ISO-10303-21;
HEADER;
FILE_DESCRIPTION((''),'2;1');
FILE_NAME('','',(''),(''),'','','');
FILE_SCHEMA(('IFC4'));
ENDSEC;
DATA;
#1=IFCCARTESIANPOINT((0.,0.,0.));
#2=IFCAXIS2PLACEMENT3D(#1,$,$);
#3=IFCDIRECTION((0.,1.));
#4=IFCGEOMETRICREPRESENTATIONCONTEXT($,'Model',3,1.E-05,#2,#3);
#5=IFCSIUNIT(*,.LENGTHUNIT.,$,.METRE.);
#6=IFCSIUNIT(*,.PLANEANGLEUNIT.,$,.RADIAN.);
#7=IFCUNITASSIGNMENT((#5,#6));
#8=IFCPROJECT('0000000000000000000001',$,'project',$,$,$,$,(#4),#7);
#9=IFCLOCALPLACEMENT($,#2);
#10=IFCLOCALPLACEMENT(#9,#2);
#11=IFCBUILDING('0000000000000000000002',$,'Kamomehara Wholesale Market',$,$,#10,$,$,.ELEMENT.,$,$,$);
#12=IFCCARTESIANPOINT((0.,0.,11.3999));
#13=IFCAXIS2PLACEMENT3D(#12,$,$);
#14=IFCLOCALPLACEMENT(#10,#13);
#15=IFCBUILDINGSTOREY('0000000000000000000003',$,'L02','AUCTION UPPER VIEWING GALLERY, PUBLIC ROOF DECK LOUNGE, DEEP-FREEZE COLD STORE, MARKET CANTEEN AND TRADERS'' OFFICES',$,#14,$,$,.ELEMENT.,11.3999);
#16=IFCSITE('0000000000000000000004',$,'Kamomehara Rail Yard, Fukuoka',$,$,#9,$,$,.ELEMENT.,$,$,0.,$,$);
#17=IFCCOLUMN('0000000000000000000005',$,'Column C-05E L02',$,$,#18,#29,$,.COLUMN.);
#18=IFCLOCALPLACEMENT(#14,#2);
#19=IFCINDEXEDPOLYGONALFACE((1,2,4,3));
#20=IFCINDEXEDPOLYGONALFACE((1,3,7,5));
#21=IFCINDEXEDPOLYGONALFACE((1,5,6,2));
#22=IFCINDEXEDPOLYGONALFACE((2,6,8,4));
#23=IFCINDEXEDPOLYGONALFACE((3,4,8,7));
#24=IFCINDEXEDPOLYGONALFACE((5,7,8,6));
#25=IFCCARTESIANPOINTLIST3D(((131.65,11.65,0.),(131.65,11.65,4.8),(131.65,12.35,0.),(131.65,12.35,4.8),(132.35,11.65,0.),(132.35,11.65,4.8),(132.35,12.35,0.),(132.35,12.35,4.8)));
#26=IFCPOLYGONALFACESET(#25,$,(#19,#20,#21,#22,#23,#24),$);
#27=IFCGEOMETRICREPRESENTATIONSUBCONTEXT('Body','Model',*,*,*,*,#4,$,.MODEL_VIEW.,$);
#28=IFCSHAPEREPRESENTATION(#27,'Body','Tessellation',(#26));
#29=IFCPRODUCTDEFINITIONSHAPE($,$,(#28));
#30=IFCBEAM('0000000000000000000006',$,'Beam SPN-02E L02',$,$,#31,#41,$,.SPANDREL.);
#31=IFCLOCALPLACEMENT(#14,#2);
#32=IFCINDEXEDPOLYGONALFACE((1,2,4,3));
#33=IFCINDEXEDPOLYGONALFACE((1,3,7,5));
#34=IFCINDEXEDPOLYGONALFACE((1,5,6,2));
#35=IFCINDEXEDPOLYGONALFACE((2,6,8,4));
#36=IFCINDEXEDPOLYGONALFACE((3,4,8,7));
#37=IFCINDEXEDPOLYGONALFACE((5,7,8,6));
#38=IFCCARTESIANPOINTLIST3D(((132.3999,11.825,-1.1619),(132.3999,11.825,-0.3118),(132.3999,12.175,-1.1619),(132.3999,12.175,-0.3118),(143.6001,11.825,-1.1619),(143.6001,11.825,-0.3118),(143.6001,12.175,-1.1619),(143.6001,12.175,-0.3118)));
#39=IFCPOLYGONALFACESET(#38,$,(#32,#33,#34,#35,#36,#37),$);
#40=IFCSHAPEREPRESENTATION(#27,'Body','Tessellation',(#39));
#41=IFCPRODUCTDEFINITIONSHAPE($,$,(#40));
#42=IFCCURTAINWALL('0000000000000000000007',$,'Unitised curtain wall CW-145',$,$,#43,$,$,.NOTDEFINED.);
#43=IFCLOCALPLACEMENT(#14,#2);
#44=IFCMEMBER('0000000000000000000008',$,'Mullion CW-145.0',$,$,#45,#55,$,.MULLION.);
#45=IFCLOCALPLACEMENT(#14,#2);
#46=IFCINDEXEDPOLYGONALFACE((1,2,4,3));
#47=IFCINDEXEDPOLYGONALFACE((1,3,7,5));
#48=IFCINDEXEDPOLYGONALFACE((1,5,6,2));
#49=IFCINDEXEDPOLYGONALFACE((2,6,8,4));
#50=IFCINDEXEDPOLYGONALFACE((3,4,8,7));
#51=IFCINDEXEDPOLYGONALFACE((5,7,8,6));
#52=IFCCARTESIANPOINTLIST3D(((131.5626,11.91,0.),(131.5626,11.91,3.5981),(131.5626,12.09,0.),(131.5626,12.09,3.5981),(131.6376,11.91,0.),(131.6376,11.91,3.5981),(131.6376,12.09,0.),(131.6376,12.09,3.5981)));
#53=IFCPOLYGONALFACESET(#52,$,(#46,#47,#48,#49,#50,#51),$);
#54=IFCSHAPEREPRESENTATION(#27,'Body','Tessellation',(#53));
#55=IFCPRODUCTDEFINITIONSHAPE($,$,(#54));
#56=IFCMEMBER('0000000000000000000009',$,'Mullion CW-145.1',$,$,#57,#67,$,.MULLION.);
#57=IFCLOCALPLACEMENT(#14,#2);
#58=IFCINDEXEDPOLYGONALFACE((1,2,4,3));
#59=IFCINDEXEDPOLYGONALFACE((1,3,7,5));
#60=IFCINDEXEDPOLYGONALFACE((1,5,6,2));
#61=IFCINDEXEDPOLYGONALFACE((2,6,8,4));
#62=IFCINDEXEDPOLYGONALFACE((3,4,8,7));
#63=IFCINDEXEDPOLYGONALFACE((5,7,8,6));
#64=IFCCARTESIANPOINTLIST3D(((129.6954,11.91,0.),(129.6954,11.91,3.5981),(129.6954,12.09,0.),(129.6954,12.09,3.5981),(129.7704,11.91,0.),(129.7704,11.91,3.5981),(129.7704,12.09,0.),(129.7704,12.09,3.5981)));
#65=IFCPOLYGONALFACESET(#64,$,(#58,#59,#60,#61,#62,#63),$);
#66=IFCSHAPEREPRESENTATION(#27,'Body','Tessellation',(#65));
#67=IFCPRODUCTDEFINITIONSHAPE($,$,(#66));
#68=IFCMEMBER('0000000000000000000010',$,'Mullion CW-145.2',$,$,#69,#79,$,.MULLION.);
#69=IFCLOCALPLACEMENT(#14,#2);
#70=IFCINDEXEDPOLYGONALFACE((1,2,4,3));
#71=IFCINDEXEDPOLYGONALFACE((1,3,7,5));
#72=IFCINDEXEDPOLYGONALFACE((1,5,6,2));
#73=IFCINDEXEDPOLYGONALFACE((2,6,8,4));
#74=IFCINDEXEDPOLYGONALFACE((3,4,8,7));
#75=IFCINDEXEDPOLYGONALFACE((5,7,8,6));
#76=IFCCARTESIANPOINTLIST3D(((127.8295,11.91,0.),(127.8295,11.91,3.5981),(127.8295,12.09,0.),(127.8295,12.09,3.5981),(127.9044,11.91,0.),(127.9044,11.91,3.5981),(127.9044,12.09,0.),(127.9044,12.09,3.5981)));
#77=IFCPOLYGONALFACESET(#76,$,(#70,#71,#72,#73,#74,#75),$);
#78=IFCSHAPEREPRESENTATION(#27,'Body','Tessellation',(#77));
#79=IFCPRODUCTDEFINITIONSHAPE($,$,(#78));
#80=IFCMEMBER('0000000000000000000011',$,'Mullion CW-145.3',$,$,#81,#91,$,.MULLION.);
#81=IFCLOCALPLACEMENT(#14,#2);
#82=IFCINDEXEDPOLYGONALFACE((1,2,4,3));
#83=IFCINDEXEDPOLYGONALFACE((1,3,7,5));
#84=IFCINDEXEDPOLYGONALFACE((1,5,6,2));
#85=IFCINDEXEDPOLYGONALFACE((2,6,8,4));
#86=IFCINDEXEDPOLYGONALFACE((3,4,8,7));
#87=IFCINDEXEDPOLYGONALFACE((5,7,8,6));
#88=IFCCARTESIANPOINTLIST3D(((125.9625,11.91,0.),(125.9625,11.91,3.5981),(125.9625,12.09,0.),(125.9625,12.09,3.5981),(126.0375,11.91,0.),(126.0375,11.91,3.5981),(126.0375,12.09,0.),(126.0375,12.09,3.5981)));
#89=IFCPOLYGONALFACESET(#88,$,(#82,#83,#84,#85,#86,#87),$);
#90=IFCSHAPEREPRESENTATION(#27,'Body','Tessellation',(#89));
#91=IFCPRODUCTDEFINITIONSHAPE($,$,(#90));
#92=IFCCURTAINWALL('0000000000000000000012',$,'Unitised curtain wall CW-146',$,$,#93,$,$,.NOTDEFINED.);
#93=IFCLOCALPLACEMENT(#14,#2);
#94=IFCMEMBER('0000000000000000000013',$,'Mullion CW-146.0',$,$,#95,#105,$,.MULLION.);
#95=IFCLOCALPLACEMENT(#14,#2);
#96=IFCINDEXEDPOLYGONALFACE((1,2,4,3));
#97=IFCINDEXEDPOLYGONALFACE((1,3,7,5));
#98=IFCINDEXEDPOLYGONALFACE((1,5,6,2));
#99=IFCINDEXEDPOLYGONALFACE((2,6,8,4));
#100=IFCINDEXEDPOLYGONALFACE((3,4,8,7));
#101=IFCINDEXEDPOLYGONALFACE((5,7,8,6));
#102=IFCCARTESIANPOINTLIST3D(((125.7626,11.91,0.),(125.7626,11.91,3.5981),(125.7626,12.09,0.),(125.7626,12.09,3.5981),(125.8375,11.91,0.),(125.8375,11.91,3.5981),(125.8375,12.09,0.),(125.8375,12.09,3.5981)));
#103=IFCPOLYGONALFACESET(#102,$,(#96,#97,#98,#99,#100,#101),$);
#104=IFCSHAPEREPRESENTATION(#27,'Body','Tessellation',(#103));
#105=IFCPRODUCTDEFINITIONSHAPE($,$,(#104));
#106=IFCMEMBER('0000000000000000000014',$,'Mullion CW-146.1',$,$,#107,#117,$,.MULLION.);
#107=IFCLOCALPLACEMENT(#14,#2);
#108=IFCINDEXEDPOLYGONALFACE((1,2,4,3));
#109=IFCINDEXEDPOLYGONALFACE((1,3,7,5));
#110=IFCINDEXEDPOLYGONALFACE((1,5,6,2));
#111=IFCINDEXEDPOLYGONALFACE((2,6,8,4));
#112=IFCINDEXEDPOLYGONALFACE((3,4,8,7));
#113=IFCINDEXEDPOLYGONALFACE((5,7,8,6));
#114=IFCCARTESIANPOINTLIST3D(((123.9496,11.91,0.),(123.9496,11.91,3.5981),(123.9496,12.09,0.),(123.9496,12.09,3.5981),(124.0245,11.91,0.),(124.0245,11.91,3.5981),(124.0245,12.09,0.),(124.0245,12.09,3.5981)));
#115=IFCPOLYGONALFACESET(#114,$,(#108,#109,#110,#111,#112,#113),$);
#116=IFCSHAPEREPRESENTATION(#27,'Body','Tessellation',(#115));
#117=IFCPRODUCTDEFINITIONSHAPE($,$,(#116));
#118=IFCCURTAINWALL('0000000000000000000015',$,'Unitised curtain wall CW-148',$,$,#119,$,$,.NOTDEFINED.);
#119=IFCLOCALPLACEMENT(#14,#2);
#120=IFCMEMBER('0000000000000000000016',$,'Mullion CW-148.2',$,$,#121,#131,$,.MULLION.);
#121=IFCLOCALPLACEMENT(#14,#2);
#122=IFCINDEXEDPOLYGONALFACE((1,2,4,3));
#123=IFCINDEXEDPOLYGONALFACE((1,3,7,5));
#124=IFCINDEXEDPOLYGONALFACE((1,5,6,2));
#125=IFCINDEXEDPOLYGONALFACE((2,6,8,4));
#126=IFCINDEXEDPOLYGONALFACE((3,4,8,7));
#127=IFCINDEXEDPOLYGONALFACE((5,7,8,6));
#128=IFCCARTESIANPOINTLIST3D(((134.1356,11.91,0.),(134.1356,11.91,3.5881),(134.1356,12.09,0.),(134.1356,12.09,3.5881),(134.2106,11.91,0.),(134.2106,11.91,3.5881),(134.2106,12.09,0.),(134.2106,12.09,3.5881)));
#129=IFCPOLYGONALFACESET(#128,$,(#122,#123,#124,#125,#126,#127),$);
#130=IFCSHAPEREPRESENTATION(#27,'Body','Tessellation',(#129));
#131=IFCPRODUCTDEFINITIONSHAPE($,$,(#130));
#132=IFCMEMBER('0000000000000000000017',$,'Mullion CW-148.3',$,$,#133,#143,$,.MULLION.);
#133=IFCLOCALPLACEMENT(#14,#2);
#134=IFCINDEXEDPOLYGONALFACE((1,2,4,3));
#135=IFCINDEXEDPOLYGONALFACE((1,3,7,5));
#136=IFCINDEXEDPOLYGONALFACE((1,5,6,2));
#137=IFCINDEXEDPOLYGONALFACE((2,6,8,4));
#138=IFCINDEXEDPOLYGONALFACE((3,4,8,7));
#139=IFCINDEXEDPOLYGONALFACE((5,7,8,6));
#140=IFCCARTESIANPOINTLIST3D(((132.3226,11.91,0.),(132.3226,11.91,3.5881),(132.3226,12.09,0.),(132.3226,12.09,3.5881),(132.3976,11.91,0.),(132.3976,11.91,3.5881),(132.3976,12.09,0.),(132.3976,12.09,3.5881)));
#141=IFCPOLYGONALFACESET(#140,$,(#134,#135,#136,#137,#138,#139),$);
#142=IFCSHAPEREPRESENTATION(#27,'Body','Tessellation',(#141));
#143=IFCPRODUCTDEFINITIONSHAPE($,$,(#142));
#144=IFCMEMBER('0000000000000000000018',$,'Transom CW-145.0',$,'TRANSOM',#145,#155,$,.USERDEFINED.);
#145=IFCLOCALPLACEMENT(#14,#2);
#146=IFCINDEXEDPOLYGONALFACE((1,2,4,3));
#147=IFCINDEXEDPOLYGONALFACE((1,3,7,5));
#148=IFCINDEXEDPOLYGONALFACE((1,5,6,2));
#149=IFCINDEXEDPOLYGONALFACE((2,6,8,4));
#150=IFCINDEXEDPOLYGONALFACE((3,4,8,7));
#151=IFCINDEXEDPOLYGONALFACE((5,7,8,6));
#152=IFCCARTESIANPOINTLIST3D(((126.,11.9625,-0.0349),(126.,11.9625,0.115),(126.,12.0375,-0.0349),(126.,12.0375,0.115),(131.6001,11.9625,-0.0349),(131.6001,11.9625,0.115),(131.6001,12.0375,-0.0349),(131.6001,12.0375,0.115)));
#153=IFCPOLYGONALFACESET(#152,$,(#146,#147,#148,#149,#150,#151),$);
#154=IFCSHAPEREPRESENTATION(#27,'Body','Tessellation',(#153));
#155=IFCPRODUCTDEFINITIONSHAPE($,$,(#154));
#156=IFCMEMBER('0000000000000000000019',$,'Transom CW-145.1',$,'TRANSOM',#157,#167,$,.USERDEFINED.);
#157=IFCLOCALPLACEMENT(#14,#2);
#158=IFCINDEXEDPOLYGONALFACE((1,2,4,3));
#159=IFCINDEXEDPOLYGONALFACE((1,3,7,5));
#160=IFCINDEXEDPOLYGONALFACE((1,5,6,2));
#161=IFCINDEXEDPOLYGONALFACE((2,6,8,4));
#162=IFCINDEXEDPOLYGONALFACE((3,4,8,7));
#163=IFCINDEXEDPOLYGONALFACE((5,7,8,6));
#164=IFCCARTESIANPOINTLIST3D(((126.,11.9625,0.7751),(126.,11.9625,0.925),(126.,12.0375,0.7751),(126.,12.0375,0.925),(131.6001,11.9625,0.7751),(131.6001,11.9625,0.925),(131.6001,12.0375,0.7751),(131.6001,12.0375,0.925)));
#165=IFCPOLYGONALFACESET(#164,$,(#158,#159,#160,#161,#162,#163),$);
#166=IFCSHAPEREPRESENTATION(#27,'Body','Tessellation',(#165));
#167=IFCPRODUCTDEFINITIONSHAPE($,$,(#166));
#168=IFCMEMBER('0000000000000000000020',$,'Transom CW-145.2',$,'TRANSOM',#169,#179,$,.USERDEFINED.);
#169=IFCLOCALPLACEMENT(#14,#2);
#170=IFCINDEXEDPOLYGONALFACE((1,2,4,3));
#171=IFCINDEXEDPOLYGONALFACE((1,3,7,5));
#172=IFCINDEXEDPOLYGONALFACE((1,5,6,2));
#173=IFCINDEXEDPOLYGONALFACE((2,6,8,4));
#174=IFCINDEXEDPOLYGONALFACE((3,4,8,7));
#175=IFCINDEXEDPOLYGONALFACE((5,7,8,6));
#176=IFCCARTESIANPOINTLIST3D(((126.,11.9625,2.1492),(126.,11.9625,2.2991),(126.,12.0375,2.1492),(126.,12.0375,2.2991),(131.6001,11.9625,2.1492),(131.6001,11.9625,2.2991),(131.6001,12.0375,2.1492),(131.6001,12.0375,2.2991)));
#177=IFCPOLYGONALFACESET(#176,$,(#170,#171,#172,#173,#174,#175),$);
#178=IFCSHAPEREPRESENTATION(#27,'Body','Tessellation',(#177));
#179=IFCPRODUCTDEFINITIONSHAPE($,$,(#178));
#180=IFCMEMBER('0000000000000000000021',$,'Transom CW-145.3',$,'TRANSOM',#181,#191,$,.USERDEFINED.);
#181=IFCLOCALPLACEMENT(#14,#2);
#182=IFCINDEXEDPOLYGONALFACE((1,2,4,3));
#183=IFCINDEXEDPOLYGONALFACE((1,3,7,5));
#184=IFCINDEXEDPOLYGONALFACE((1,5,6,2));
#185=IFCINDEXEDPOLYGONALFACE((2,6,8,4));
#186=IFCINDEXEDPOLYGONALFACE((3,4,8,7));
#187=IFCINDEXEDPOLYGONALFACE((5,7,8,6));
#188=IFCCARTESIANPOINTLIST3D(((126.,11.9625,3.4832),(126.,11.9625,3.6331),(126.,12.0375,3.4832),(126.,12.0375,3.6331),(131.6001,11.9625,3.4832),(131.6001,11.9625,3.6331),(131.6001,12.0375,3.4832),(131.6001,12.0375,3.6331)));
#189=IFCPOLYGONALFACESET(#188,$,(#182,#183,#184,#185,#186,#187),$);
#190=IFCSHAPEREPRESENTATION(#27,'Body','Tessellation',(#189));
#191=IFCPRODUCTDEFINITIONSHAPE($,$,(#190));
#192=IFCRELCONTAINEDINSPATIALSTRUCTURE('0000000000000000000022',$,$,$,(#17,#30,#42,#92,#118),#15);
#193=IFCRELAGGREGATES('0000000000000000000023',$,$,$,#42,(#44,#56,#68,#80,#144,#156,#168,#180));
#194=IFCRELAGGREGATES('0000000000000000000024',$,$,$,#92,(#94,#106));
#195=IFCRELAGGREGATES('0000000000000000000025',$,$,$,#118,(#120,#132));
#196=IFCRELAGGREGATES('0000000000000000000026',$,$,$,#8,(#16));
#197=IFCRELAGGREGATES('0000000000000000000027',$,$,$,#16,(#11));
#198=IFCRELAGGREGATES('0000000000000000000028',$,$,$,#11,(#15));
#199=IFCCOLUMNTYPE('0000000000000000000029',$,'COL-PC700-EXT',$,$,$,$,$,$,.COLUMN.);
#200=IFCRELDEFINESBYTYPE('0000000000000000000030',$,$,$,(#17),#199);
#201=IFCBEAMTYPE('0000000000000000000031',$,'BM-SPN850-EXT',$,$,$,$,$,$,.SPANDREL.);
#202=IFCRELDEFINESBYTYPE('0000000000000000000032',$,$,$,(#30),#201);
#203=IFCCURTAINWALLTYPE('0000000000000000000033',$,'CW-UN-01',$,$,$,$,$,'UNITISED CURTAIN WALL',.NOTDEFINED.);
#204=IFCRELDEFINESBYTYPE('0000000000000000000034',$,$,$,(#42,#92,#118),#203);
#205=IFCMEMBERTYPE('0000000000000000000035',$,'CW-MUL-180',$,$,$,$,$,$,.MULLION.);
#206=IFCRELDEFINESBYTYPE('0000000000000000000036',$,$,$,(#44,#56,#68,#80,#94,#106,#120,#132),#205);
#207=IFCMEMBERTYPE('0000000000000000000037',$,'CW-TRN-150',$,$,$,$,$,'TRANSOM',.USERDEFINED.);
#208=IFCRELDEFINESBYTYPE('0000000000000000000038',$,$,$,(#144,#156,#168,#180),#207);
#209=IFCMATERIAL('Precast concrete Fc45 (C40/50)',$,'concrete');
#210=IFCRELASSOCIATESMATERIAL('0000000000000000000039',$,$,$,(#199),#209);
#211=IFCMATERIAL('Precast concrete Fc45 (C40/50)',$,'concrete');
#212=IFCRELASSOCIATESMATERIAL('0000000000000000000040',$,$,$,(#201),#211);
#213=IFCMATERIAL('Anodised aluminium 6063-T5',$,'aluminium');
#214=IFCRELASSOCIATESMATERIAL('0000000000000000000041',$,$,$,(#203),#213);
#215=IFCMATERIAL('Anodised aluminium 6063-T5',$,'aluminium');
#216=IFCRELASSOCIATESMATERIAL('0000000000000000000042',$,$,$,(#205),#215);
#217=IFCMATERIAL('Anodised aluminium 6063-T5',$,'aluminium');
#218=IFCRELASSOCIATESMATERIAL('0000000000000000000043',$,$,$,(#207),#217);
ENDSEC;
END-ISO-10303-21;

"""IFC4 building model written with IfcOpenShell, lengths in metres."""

from ifc_helpers import new_model, si_unit, direction, frame, origin, origin_2d, place, context, subcontext, project, spatial, rectangle, extrude, material, material_profile, profile_set, type_object, element, aggregate, save


model = new_model("IFC4")

# Units and contexts
model_context = context("Model", 3, precision=1e-05, world=origin(), true_north=direction((0.0, 1.0)))
body_context = subcontext(model_context, "Body", "Model", "MODEL_VIEW")
ifc_project = project(units=[si_unit("LENGTHUNIT", "METRE"), si_unit("PLANEANGLEUNIT", "RADIAN")], contexts=[model_context])

# Site, building, storey
site_placement = place(None, origin())
site = spatial("IfcSite", under=ifc_project, at=site_placement, Name="Kamomehara Rail Yard, Fukuoka", CompositionType="ELEMENT", RefElevation=0.0)
building_placement = place(site_placement, origin())
building = spatial("IfcBuilding", under=site, at=building_placement, Name="Kamomehara Wholesale Market", CompositionType="ELEMENT")
storey_placement = place(building_placement, frame((0.0, 0.0, 11.3999)))
storey = spatial("IfcBuildingStorey", under=building, at=storey_placement, Name="L02", Description="AUCTION UPPER VIEWING GALLERY, PUBLIC ROOF DECK LOUNGE, DEEP-FREEZE COLD STORE, MARKET CANTEEN AND TRADERS' OFFICES", CompositionType="ELEMENT", Elevation=11.3999)

# Column
ifc_material_1 = material(Name="Precast concrete Fc45 (C40/50)", Category="concrete")
ifc_material_profile_1 = material_profile(ifc_material_1, rectangle(XDim=0.7, YDim=0.7, at=origin_2d()), Name="PC-COL-700x700")
ifc_profile_set_1 = profile_set([ifc_material_profile_1], Name="Precast concrete Fc45 (C40/50)")
column_type = type_object("IfcColumnType", Name="COL-PC700-EXT", PredefinedType="COLUMN", material=ifc_profile_set_1)
column_placement = place(storey_placement, frame((132.0, 12.0, 0.0), z_axis=(0.0, 0.0, 1.0), x_axis=(1.0, 0.0, 0.0)))
element("IfcColumn", 1, at=column_placement, inside=storey, type_object=column_type, Name="Column C-05E L02", PredefinedType="COLUMN", context=body_context, shape_type="SweptSolid", body=[
    extrude(rectangle(XDim=0.7, YDim=0.7, at=origin_2d()), origin(), (0.0, 0.0, 1.0), 4.8),
])

# Beam
ifc_material_2 = material(Name="Precast concrete Fc45 (C40/50)", Category="concrete")
ifc_material_profile_2 = material_profile(ifc_material_2, rectangle(XDim=0.3501, YDim=0.8501, at=origin_2d()), Name="PC-SPN-350x850")
ifc_profile_set_2 = profile_set([ifc_material_profile_2], Name="Precast concrete Fc45 (C40/50)")
beam_type = type_object("IfcBeamType", Name="BM-SPN850-EXT", PredefinedType="SPANDREL", material=ifc_profile_set_2)
beam_placement = place(storey_placement, frame((132.3999, 12.0, -0.7368), z_axis=(1.0, 0.0, 0.0), x_axis=(0.0, 1.0, 0.0)))
element("IfcBeam", 2, at=beam_placement, inside=storey, type_object=beam_type, Name="Beam SPN-02E L02", PredefinedType="SPANDREL", context=body_context, shape_type="SweptSolid", body=[
    extrude(rectangle(XDim=0.3501, YDim=0.8501, at=origin_2d()), origin(), (0.0, 0.0, 1.0), 11.2002),
])

# Curtain walls, members
ifc_material_3 = material(Name="Anodised aluminium 6063-T5", Category="aluminium")
curtain_wall_type = type_object("IfcCurtainWallType", Name="CW-UN-01", ElementType="UNITISED CURTAIN WALL", PredefinedType="NOTDEFINED", material=ifc_material_3)
curtain_wall_1_placement = place(storey_placement, origin())
curtain_wall_1 = element("IfcCurtainWall", 3, at=curtain_wall_1_placement, inside=storey, type_object=curtain_wall_type, Name="Unitised curtain wall CW-145", PredefinedType="NOTDEFINED")
ifc_material_4 = material(Name="Anodised aluminium 6063-T5", Category="aluminium")
ifc_material_profile_3 = material_profile(ifc_material_4, rectangle(XDim=0.075, YDim=0.1799, at=origin_2d()), Name="ALU-MUL-75x180")
ifc_profile_set_3 = profile_set([ifc_material_profile_3], Name="Anodised aluminium 6063-T5")
member_type_1 = type_object("IfcMemberType", Name="CW-MUL-180", PredefinedType="MULLION", material=ifc_profile_set_3)
member_1_placement = place(storey_placement, frame((131.6001, 12.0, 0.0), z_axis=(0.0, 0.0, 1.0), x_axis=(-1.0, 0.0, 0.0)))
member_1 = element("IfcMember", 4, at=member_1_placement, type_object=member_type_1, Name="Mullion CW-145.0", PredefinedType="MULLION", context=body_context, shape_type="SweptSolid", body=[
    extrude(rectangle(XDim=0.075, YDim=0.1799, at=origin_2d()), origin(), (0.0, 0.0, 1.0), 3.5981),
])
member_2_placement = place(storey_placement, frame((129.7329, 12.0, 0.0), z_axis=(0.0, 0.0, 1.0), x_axis=(-1.0, 0.0, 0.0)))
member_2 = element("IfcMember", 5, at=member_2_placement, type_object=member_type_1, Name="Mullion CW-145.1", PredefinedType="MULLION", context=body_context, shape_type="SweptSolid", body=[
    extrude(rectangle(XDim=0.075, YDim=0.1799, at=origin_2d()), origin(), (0.0, 0.0, 1.0), 3.5981),
])
member_3_placement = place(storey_placement, frame((127.8669, 12.0, 0.0), z_axis=(0.0, 0.0, 1.0), x_axis=(-1.0, 0.0, 0.0)))
member_3 = element("IfcMember", 6, at=member_3_placement, type_object=member_type_1, Name="Mullion CW-145.2", PredefinedType="MULLION", context=body_context, shape_type="SweptSolid", body=[
    extrude(rectangle(XDim=0.075, YDim=0.1799, at=origin_2d()), origin(), (0.0, 0.0, 1.0), 3.5981),
])
member_4_placement = place(storey_placement, frame((126.0, 12.0, 0.0), z_axis=(0.0, 0.0, 1.0), x_axis=(-1.0, 0.0, 0.0)))
member_4 = element("IfcMember", 7, at=member_4_placement, type_object=member_type_1, Name="Mullion CW-145.3", PredefinedType="MULLION", context=body_context, shape_type="SweptSolid", body=[
    extrude(rectangle(XDim=0.075, YDim=0.1799, at=origin_2d()), origin(), (0.0, 0.0, 1.0), 3.5981),
])
curtain_wall_2_placement = place(storey_placement, origin())
curtain_wall_2 = element("IfcCurtainWall", 8, at=curtain_wall_2_placement, inside=storey, type_object=curtain_wall_type, Name="Unitised curtain wall CW-146", PredefinedType="NOTDEFINED")
member_5_placement = place(storey_placement, frame((125.8, 12.0, 0.0), z_axis=(0.0, 0.0, 1.0), x_axis=(-1.0, 0.0, 0.0)))
member_5 = element("IfcMember", 9, at=member_5_placement, type_object=member_type_1, Name="Mullion CW-146.0", PredefinedType="MULLION", context=body_context, shape_type="SweptSolid", body=[
    extrude(rectangle(XDim=0.075, YDim=0.1799, at=origin_2d()), origin(), (0.0, 0.0, 1.0), 3.5981),
])
member_6_placement = place(storey_placement, frame((123.9871, 12.0, 0.0), z_axis=(0.0, 0.0, 1.0), x_axis=(-1.0, 0.0, 0.0)))
member_6 = element("IfcMember", 10, at=member_6_placement, type_object=member_type_1, Name="Mullion CW-146.1", PredefinedType="MULLION", context=body_context, shape_type="SweptSolid", body=[
    extrude(rectangle(XDim=0.075, YDim=0.1799, at=origin_2d()), origin(), (0.0, 0.0, 1.0), 3.5981),
])
curtain_wall_3_placement = place(storey_placement, origin())
curtain_wall_3 = element("IfcCurtainWall", 11, at=curtain_wall_3_placement, inside=storey, type_object=curtain_wall_type, Name="Unitised curtain wall CW-148", PredefinedType="NOTDEFINED")
member_7_placement = place(storey_placement, frame((134.1731, 12.0, 0.0), z_axis=(0.0, 0.0, 1.0), x_axis=(-1.0, 0.0, 0.0)))
member_7 = element("IfcMember", 12, at=member_7_placement, type_object=member_type_1, Name="Mullion CW-148.2", PredefinedType="MULLION", context=body_context, shape_type="SweptSolid", body=[
    extrude(rectangle(XDim=0.075, YDim=0.1799, at=origin_2d()), origin(), (0.0, 0.0, 1.0), 3.5881),
])
member_8_placement = place(storey_placement, frame((132.3601, 12.0, 0.0), z_axis=(0.0, 0.0, 1.0), x_axis=(-1.0, 0.0, 0.0)))
member_8 = element("IfcMember", 13, at=member_8_placement, type_object=member_type_1, Name="Mullion CW-148.3", PredefinedType="MULLION", context=body_context, shape_type="SweptSolid", body=[
    extrude(rectangle(XDim=0.075, YDim=0.1799, at=origin_2d()), origin(), (0.0, 0.0, 1.0), 3.5881),
])

# Members
ifc_material_5 = material(Name="Anodised aluminium 6063-T5", Category="aluminium")
ifc_material_profile_4 = material_profile(ifc_material_5, rectangle(XDim=0.075, YDim=0.1499, at=origin_2d()), Name="ALU-TRN-75x150")
ifc_profile_set_4 = profile_set([ifc_material_profile_4], Name="Anodised aluminium 6063-T5")
member_type_2 = type_object("IfcMemberType", Name="CW-TRN-150", ElementType="TRANSOM", PredefinedType="USERDEFINED", material=ifc_profile_set_4)
member_9_placement = place(storey_placement, frame((131.6001, 12.0, 0.04), z_axis=(-1.0, 0.0, 0.0), x_axis=(0.0, -1.0, 0.0)))
member_9 = element("IfcMember", 14, at=member_9_placement, type_object=member_type_2, Name="Transom CW-145.0", ObjectType="TRANSOM", PredefinedType="USERDEFINED", context=body_context, shape_type="SweptSolid", body=[
    extrude(rectangle(XDim=0.075, YDim=0.1499, at=origin_2d()), origin(), (0.0, 0.0, 1.0), 5.6001),
])
member_10_placement = place(storey_placement, frame((131.6001, 12.0, 0.8501), z_axis=(-1.0, 0.0, 0.0), x_axis=(0.0, -1.0, 0.0)))
member_10 = element("IfcMember", 15, at=member_10_placement, type_object=member_type_2, Name="Transom CW-145.1", ObjectType="TRANSOM", PredefinedType="USERDEFINED", context=body_context, shape_type="SweptSolid", body=[
    extrude(rectangle(XDim=0.075, YDim=0.1499, at=origin_2d()), origin(), (0.0, 0.0, 1.0), 5.6001),
])
member_11_placement = place(storey_placement, frame((131.6001, 12.0, 2.2241), z_axis=(-1.0, 0.0, 0.0), x_axis=(0.0, -1.0, 0.0)))
member_11 = element("IfcMember", 16, at=member_11_placement, type_object=member_type_2, Name="Transom CW-145.2", ObjectType="TRANSOM", PredefinedType="USERDEFINED", context=body_context, shape_type="SweptSolid", body=[
    extrude(rectangle(XDim=0.075, YDim=0.1499, at=origin_2d()), origin(), (0.0, 0.0, 1.0), 5.6001),
])
member_12_placement = place(storey_placement, frame((131.6001, 12.0, 3.5581), z_axis=(-1.0, 0.0, 0.0), x_axis=(0.0, -1.0, 0.0)))
member_12 = element("IfcMember", 17, at=member_12_placement, type_object=member_type_2, Name="Transom CW-145.3", ObjectType="TRANSOM", PredefinedType="USERDEFINED", context=body_context, shape_type="SweptSolid", body=[
    extrude(rectangle(XDim=0.075, YDim=0.1499, at=origin_2d()), origin(), (0.0, 0.0, 1.0), 5.6001),
])

aggregate(curtain_wall_1, [member_1, member_2, member_3, member_4, member_9, member_10, member_11, member_12])
aggregate(curtain_wall_2, [member_5, member_6])
aggregate(curtain_wall_3, [member_7, member_8])

save(model, "model.ifc")
